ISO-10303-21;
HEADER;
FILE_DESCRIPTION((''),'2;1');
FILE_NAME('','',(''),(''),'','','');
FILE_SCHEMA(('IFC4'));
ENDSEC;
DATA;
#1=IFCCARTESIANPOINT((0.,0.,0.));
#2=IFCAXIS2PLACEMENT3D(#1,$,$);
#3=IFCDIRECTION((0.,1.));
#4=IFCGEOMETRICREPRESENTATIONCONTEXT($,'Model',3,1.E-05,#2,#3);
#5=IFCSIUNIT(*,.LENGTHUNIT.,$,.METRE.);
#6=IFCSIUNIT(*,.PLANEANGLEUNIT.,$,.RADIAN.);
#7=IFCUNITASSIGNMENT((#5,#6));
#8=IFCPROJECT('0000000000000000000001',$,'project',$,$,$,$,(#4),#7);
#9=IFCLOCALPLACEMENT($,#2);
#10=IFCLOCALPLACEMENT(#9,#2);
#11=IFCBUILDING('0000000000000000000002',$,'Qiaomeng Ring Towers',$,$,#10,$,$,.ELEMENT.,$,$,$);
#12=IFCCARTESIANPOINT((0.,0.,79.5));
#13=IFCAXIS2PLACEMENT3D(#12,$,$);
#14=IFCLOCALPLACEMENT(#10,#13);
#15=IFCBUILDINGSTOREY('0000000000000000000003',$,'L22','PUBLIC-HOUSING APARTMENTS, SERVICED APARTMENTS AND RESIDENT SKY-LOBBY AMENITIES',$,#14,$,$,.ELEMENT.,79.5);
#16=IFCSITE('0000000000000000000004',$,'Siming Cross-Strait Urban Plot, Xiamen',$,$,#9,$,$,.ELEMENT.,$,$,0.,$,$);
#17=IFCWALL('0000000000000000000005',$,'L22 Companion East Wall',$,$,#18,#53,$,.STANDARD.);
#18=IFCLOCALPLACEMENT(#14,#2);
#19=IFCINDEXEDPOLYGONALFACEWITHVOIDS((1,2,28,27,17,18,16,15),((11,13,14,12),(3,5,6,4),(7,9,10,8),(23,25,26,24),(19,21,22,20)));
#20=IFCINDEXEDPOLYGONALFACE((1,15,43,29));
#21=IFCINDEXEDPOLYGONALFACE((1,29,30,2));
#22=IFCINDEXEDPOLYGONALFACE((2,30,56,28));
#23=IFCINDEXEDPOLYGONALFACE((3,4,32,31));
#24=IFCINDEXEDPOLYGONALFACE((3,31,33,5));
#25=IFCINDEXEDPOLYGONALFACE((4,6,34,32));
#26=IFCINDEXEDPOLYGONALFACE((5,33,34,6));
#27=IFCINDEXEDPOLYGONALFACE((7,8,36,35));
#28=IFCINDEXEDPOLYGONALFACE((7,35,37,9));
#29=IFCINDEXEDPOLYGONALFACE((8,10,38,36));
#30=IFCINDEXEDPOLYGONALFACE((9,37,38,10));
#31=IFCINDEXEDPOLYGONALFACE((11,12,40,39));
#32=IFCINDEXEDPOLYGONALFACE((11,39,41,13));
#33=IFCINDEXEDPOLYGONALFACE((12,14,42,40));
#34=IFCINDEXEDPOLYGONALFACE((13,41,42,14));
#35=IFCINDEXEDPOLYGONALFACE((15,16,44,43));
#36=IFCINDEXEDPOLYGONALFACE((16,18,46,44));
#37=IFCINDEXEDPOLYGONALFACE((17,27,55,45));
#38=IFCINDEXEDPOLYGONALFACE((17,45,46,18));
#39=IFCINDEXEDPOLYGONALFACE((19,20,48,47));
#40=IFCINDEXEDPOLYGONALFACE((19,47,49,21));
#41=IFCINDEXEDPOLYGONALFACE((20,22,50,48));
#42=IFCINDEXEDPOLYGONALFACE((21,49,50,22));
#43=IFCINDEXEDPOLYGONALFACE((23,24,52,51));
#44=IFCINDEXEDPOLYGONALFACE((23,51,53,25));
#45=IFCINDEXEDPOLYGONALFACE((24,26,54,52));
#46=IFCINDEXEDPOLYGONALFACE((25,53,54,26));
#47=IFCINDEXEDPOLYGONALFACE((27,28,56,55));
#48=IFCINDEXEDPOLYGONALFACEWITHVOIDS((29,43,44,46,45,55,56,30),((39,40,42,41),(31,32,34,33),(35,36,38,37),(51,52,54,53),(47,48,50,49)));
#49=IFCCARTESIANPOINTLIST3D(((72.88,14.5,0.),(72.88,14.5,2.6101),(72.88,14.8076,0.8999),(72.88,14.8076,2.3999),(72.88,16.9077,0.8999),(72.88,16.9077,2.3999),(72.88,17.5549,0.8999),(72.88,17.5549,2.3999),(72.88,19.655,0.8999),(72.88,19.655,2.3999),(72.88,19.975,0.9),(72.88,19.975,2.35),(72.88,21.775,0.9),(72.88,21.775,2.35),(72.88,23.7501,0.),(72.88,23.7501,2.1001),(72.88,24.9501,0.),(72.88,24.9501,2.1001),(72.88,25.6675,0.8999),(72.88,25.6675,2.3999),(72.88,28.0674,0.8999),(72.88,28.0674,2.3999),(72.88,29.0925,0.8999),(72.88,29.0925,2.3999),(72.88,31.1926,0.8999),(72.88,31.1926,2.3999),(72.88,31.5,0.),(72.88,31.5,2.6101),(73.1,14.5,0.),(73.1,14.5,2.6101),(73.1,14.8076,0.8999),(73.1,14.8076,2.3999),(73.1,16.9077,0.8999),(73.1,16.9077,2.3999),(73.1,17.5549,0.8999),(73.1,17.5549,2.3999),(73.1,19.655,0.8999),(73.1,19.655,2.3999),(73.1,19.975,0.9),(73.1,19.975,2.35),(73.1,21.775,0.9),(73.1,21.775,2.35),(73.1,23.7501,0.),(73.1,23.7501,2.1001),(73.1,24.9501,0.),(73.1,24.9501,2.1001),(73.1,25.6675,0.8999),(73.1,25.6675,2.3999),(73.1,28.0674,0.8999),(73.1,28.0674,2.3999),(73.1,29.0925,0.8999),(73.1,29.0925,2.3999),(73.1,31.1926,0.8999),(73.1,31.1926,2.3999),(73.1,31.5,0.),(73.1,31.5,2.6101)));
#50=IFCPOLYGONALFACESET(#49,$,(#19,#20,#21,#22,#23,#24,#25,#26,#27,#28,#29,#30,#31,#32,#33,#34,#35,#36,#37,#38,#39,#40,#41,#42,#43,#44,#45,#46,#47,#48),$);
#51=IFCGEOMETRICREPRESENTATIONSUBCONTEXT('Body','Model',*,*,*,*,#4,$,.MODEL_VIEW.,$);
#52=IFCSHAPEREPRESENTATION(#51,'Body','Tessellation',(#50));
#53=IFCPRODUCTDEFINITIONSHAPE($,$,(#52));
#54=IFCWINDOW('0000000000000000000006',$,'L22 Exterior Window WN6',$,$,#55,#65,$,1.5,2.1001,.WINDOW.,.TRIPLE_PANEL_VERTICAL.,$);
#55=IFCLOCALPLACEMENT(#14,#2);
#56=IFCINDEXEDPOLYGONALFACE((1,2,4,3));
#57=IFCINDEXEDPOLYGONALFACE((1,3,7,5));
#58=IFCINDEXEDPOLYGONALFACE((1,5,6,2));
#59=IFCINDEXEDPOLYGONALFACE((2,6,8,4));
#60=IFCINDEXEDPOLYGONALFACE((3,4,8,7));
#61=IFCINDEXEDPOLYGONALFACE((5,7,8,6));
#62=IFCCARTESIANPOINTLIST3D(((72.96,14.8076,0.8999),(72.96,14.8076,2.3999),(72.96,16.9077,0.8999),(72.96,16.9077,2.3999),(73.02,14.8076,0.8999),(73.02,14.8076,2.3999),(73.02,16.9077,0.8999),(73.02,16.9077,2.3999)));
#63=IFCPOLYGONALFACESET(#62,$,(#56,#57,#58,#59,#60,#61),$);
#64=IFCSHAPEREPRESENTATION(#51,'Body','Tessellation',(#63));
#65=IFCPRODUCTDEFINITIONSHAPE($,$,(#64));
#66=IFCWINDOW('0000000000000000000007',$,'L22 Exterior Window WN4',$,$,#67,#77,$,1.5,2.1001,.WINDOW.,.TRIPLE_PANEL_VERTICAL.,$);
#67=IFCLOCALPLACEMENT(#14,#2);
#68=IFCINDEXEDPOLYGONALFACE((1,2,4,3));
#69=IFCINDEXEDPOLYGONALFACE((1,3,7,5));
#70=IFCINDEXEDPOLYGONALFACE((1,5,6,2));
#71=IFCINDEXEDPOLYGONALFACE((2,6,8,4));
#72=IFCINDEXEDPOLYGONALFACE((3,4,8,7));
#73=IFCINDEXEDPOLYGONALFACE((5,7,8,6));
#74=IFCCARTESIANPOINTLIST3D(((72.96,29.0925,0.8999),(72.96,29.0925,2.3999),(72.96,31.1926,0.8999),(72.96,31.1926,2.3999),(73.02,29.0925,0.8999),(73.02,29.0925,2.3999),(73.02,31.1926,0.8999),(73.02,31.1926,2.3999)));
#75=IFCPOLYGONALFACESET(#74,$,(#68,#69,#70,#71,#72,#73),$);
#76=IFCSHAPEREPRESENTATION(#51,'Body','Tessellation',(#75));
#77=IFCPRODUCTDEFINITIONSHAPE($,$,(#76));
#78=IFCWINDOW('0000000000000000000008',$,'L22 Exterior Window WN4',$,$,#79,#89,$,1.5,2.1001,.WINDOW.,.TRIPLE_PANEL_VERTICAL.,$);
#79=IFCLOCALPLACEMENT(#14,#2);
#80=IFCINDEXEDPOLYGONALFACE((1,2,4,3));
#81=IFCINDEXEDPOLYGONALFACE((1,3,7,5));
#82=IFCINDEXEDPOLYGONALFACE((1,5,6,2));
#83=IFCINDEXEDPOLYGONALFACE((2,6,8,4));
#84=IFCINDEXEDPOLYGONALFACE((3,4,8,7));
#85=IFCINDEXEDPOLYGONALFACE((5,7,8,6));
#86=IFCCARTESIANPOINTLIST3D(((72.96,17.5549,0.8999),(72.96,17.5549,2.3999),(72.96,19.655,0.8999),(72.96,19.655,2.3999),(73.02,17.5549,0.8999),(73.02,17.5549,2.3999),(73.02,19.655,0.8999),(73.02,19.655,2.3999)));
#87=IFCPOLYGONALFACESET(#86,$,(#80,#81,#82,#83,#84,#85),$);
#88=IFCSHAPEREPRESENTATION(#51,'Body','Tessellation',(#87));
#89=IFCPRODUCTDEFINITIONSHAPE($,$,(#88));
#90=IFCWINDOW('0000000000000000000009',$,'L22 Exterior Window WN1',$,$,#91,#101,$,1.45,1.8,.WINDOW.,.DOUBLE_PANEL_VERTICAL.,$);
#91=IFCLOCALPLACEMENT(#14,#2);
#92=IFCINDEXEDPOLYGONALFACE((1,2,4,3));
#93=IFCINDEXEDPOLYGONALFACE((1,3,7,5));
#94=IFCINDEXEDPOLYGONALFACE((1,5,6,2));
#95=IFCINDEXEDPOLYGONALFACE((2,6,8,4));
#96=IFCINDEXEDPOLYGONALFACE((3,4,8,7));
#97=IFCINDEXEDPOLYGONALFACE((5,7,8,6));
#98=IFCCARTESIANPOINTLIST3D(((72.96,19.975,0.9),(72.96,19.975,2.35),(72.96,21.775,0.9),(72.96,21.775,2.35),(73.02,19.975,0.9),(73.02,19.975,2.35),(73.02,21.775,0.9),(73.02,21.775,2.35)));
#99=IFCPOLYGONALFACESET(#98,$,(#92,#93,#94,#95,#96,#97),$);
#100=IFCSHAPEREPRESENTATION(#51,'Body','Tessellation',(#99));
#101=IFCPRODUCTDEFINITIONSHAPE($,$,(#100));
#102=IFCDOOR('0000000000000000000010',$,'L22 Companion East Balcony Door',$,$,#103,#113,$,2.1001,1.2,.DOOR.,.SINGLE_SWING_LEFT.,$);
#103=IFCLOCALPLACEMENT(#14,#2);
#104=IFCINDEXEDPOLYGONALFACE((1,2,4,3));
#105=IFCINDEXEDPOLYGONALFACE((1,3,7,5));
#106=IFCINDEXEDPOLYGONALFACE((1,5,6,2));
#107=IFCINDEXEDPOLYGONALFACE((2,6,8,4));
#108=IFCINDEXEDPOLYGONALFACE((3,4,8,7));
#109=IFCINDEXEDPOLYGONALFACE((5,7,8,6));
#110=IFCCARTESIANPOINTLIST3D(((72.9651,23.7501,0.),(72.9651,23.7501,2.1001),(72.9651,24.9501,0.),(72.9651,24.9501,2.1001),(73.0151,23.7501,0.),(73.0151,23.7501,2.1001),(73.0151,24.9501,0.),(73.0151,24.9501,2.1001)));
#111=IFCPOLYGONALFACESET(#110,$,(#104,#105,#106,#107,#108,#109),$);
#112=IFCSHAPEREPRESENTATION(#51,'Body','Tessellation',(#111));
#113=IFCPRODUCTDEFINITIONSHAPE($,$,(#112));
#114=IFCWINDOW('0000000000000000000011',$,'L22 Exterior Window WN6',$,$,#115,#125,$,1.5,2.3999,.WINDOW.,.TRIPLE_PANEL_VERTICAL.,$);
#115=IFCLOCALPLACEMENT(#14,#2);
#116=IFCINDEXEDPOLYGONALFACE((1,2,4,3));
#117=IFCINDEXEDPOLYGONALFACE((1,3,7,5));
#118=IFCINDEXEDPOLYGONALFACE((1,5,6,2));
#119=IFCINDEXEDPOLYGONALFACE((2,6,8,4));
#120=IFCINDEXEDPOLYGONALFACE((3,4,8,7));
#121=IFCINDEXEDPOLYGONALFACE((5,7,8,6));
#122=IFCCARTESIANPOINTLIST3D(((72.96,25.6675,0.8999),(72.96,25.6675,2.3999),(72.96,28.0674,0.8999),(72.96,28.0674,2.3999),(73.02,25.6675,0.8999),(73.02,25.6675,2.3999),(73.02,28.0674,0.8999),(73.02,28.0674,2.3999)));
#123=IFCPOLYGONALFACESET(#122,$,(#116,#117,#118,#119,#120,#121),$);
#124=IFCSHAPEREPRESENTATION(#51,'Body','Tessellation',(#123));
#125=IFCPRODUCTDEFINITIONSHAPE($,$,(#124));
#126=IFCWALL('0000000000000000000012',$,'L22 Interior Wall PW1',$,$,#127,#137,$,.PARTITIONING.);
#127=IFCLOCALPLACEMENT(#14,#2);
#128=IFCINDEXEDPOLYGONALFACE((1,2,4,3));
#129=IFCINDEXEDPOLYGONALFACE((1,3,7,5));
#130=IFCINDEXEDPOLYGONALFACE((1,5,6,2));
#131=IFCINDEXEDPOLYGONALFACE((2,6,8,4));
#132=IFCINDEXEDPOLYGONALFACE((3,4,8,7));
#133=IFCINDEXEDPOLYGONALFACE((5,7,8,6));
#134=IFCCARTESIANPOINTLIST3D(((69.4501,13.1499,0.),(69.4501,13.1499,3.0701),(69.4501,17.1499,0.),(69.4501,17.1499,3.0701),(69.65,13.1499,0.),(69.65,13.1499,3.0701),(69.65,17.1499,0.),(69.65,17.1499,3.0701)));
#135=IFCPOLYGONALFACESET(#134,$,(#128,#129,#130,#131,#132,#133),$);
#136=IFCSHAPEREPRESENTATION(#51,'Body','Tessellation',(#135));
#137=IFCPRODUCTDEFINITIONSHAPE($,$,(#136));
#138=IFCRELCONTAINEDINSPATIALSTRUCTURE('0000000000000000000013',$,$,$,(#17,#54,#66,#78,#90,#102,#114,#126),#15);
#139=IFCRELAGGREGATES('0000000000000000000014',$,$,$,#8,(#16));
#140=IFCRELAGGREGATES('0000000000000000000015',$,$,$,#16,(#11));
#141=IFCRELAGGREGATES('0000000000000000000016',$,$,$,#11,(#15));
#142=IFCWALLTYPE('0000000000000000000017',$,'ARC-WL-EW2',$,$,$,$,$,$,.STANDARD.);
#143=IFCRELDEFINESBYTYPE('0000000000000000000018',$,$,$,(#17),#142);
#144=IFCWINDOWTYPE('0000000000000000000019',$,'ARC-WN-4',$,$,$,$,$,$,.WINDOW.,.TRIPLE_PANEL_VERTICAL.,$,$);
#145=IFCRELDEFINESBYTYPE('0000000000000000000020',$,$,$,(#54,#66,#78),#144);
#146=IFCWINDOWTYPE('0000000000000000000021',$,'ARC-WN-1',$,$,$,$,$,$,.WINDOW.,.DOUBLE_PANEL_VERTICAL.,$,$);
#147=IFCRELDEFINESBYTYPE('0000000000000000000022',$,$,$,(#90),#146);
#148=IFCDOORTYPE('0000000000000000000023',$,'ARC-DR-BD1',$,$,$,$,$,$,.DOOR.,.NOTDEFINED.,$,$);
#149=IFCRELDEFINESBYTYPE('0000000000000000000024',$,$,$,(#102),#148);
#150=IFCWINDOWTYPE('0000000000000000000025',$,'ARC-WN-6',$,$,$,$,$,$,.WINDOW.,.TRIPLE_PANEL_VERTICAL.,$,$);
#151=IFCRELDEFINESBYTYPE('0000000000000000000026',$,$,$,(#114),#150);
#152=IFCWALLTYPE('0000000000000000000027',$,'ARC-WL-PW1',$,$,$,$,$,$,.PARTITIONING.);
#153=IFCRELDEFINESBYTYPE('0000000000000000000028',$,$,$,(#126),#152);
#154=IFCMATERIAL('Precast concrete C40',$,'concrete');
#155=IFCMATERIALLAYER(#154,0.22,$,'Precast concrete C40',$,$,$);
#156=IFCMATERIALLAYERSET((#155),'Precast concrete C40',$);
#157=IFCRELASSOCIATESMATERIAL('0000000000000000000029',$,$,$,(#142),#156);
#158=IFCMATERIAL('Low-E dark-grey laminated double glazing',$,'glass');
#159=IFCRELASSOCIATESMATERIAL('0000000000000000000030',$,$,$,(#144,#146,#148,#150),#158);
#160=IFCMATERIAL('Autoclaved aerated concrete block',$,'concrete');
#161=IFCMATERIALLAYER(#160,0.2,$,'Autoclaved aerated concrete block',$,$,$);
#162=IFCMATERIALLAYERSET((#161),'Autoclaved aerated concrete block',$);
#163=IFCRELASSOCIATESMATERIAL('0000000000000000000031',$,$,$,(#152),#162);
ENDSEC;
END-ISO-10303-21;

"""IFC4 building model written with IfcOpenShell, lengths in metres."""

from ifc_helpers import new_model, si_unit, direction, frame, frame_2d, origin, place, context, subcontext, project, spatial, rectangle, extrude, source, transform, mapped, material, layer, layer_set, type_object, element, fill, save


model = new_model("IFC4")

# Units and contexts
model_context = context("Model", 3, precision=1e-05, world=origin(), true_north=direction((0.0, 1.0)))
body_context = subcontext(model_context, "Body", "Model", "MODEL_VIEW")
ifc_project = project(units=[si_unit("LENGTHUNIT", "METRE"), si_unit("PLANEANGLEUNIT", "RADIAN")], contexts=[model_context])

# Site, building, storey
site_placement = place(None, origin())
site = spatial("IfcSite", under=ifc_project, at=site_placement, Name="Siming Cross-Strait Urban Plot, Xiamen", CompositionType="ELEMENT", RefElevation=0.0)
building_placement = place(site_placement, origin())
building = spatial("IfcBuilding", under=site, at=building_placement, Name="Qiaomeng Ring Towers", CompositionType="ELEMENT")
storey_placement = place(building_placement, frame((0.0, 0.0, 79.5)))
storey = spatial("IfcBuildingStorey", under=building, at=storey_placement, Name="L22", Description="PUBLIC-HOUSING APARTMENTS, SERVICED APARTMENTS AND RESIDENT SKY-LOBBY AMENITIES", CompositionType="ELEMENT", Elevation=79.5)

# Shared definitions
ifc_material_1 = material(Name="Low-E dark-grey laminated double glazing", Category="glass")

# Wall, openings, windows, door
ifc_material_2 = material(Name="Precast concrete C40", Category="concrete")
ifc_layer_1 = layer(ifc_material_2, 0.22, Name="Precast concrete C40")
ifc_layer_set_1 = layer_set([ifc_layer_1], Name="Precast concrete C40")
wall_type_1 = type_object("IfcWallType", Name="ARC-WL-EW2", PredefinedType="STANDARD", material=ifc_layer_set_1)
wall_1_placement = place(storey_placement, frame((72.99, 14.5, 0.0), z_axis=(0.0, 0.0, 1.0), x_axis=(0.0, 1.0, 0.0)))
wall_1 = element("IfcWall", 1, at=wall_1_placement, inside=storey, type_object=wall_type_1, Name="L22 Companion East Wall", PredefinedType="STANDARD", context=body_context, shape_type="SweptSolid", body=[
    extrude(rectangle(XDim=17.0, YDim=0.22, at=frame_2d((8.5, 0.0))), origin(), (0.0, 0.0, 1.0), 2.6101),
])
opening_1_placement = place(wall_1_placement, frame((9.25, 0.0, 0.0)))
opening_1 = element("IfcOpeningElement", 2, at=opening_1_placement, cuts=wall_1, PredefinedType="OPENING", context=body_context, shape_type="SweptSolid", body=[
    extrude(rectangle(XDim=1.2, YDim=2.1001, at=frame_2d((0.6001, 1.05))), frame((0.0, 0.1199, 0.0), z_axis=(0.0, -1.0, 0.0), x_axis=(1.0, 0.0, 0.0)), (0.0, 0.0, 1.0), 0.24),
])
opening_2_placement = place(wall_1_placement, frame((0.3076, 0.0, 0.8999)))
opening_2 = element("IfcOpeningElement", 3, at=opening_2_placement, cuts=wall_1, PredefinedType="OPENING", context=body_context, shape_type="SweptSolid", body=[
    extrude(rectangle(XDim=2.1001, YDim=1.5, at=frame_2d((1.05, 0.75))), frame((0.0, 0.1199, 0.0), z_axis=(0.0, -1.0, 0.0), x_axis=(1.0, 0.0, 0.0)), (0.0, 0.0, 1.0), 0.24),
])
opening_3_placement = place(wall_1_placement, frame((5.4751, 0.0, 0.8999)))
opening_3 = element("IfcOpeningElement", 4, at=opening_3_placement, cuts=wall_1, PredefinedType="OPENING", context=body_context, shape_type="SweptSolid", body=[
    extrude(rectangle(XDim=1.8, YDim=1.45, at=frame_2d((0.8999, 0.7251))), frame((0.0, 0.1199, 0.0), z_axis=(0.0, -1.0, 0.0), x_axis=(1.0, 0.0, 0.0)), (0.0, 0.0, 1.0), 0.24),
])
opening_4_placement = place(wall_1_placement, frame((14.5925, 0.0, 0.8999)))
opening_4 = element("IfcOpeningElement", 5, at=opening_4_placement, cuts=wall_1, PredefinedType="OPENING", context=body_context, shape_type="SweptSolid", body=[
    extrude(rectangle(XDim=2.1001, YDim=1.5, at=frame_2d((1.05, 0.75))), frame((0.0, 0.1199, 0.0), z_axis=(0.0, -1.0, 0.0), x_axis=(1.0, 0.0, 0.0)), (0.0, 0.0, 1.0), 0.24),
])
opening_5_placement = place(wall_1_placement, frame((3.0549, 0.0, 0.8999)))
opening_5 = element("IfcOpeningElement", 6, at=opening_5_placement, cuts=wall_1, PredefinedType="OPENING", context=body_context, shape_type="SweptSolid", body=[
    extrude(rectangle(XDim=2.1001, YDim=1.5, at=frame_2d((1.05, 0.75))), frame((0.0, 0.1199, 0.0), z_axis=(0.0, -1.0, 0.0), x_axis=(1.0, 0.0, 0.0)), (0.0, 0.0, 1.0), 0.24),
])
opening_6_placement = place(wall_1_placement, frame((11.1675, 0.0, 0.8999)))
opening_6 = element("IfcOpeningElement", 7, at=opening_6_placement, cuts=wall_1, PredefinedType="OPENING", context=body_context, shape_type="SweptSolid", body=[
    extrude(rectangle(XDim=2.3999, YDim=1.5, at=frame_2d((1.2, 0.75))), frame((0.0, 0.1199, 0.0), z_axis=(0.0, -1.0, 0.0), x_axis=(1.0, 0.0, 0.0)), (0.0, 0.0, 1.0), 0.24),
])
window_type_1 = type_object("IfcWindowType", Name="ARC-WN-4", PartitioningType="TRIPLE_PANEL_VERTICAL", PredefinedType="WINDOW", material=ifc_material_1)
shared_shape_1 = source(origin(), body_context, "Body", "SweptSolid", [
    extrude(rectangle(XDim=2.1001, YDim=1.5, at=frame_2d((1.05, 0.75))), frame((0.0, 0.03, 0.0), z_axis=(0.0, -1.0, 0.0), x_axis=(1.0, 0.0, 0.0)), (0.0, 0.0, 1.0), 0.0601),
])
window_1_placement = place(opening_2_placement, origin())
window_1 = element("IfcWindow", 8, at=window_1_placement, inside=storey, type_object=window_type_1, Name="L22 Exterior Window WN6", OverallHeight=1.5, OverallWidth=2.1001, PartitioningType="TRIPLE_PANEL_VERTICAL", PredefinedType="WINDOW", context=body_context, shape_type="MappedRepresentation", body=[
    mapped(shared_shape_1, transform((0.0, 0.0, 0.0), x_axis=(1.0, 0.0, 0.0), y_axis=(0.0, 1.0, 0.0), z_axis=(0.0, 0.0, 1.0), scale=1.0)),
])
fill(opening_2, window_1)
window_2_placement = place(opening_4_placement, origin())
window_2 = element("IfcWindow", 9, at=window_2_placement, inside=storey, type_object=window_type_1, Name="L22 Exterior Window WN4", OverallHeight=1.5, OverallWidth=2.1001, PartitioningType="TRIPLE_PANEL_VERTICAL", PredefinedType="WINDOW", context=body_context, shape_type="MappedRepresentation", body=[
    mapped(shared_shape_1, transform((0.0, 0.0, 0.0), x_axis=(1.0, 0.0, 0.0), y_axis=(0.0, 1.0, 0.0), z_axis=(0.0, 0.0, 1.0), scale=1.0)),
])
fill(opening_4, window_2)
window_3_placement = place(opening_5_placement, origin())
window_3 = element("IfcWindow", 10, at=window_3_placement, inside=storey, type_object=window_type_1, Name="L22 Exterior Window WN4", OverallHeight=1.5, OverallWidth=2.1001, PartitioningType="TRIPLE_PANEL_VERTICAL", PredefinedType="WINDOW", context=body_context, shape_type="MappedRepresentation", body=[
    mapped(shared_shape_1, transform((0.0, 0.0, 0.0), x_axis=(1.0, 0.0, 0.0), y_axis=(0.0, 1.0, 0.0), z_axis=(0.0, 0.0, 1.0), scale=1.0)),
])
fill(opening_5, window_3)
window_type_2 = type_object("IfcWindowType", Name="ARC-WN-1", PartitioningType="DOUBLE_PANEL_VERTICAL", PredefinedType="WINDOW", material=ifc_material_1)
shared_shape_2 = source(origin(), body_context, "Body", "SweptSolid", [
    extrude(rectangle(XDim=1.8, YDim=1.45, at=frame_2d((0.8999, 0.7251))), frame((0.0, 0.03, 0.0), z_axis=(0.0, -1.0, 0.0), x_axis=(1.0, 0.0, 0.0)), (0.0, 0.0, 1.0), 0.0601),
])
window_4_placement = place(opening_3_placement, origin())
window_4 = element("IfcWindow", 11, at=window_4_placement, inside=storey, type_object=window_type_2, Name="L22 Exterior Window WN1", OverallHeight=1.45, OverallWidth=1.8, PartitioningType="DOUBLE_PANEL_VERTICAL", PredefinedType="WINDOW", context=body_context, shape_type="MappedRepresentation", body=[
    mapped(shared_shape_2, transform((0.0, 0.0, 0.0), x_axis=(1.0, 0.0, 0.0), y_axis=(0.0, 1.0, 0.0), z_axis=(0.0, 0.0, 1.0), scale=1.0)),
])
fill(opening_3, window_4)
door_type_1 = type_object("IfcDoorType", Name="ARC-DR-BD1", OperationType="NOTDEFINED", PredefinedType="DOOR", material=ifc_material_1)
shared_shape_3 = source(origin(), body_context, "Body", "SweptSolid", [
    extrude(rectangle(XDim=1.2, YDim=2.1001, at=frame_2d((0.6001, 1.05))), frame((0.0, 0.0249, 0.0), z_axis=(0.0, -1.0, 0.0), x_axis=(1.0, 0.0, 0.0)), (0.0, 0.0, 1.0), 0.05),
])
door_1_placement = place(opening_1_placement, origin())
door_1 = element("IfcDoor", 12, at=door_1_placement, inside=storey, type_object=door_type_1, Name="L22 Companion East Balcony Door", OperationType="SINGLE_SWING_LEFT", OverallHeight=2.1001, OverallWidth=1.2, PredefinedType="DOOR", context=body_context, shape_type="MappedRepresentation", body=[
    mapped(shared_shape_3, transform((0.0, 0.0, 0.0), x_axis=(1.0, 0.0, 0.0), y_axis=(0.0, 1.0, 0.0), z_axis=(0.0, 0.0, 1.0), scale=1.0)),
])
fill(opening_1, door_1)
window_type_3 = type_object("IfcWindowType", Name="ARC-WN-6", PartitioningType="TRIPLE_PANEL_VERTICAL", PredefinedType="WINDOW", material=ifc_material_1)
shared_shape_4 = source(origin(), body_context, "Body", "SweptSolid", [
    extrude(rectangle(XDim=2.3999, YDim=1.5, at=frame_2d((1.2, 0.75))), frame((0.0, 0.03, 0.0), z_axis=(0.0, -1.0, 0.0), x_axis=(1.0, 0.0, 0.0)), (0.0, 0.0, 1.0), 0.0601),
])
window_5_placement = place(opening_6_placement, origin())
window_5 = element("IfcWindow", 13, at=window_5_placement, inside=storey, type_object=window_type_3, Name="L22 Exterior Window WN6", OverallHeight=1.5, OverallWidth=2.3999, PartitioningType="TRIPLE_PANEL_VERTICAL", PredefinedType="WINDOW", context=body_context, shape_type="MappedRepresentation", body=[
    mapped(shared_shape_4, transform((0.0, 0.0, 0.0), x_axis=(1.0, 0.0, 0.0), y_axis=(0.0, 1.0, 0.0), z_axis=(0.0, 0.0, 1.0), scale=1.0)),
])
fill(opening_6, window_5)

# Wall
ifc_material_3 = material(Name="Autoclaved aerated concrete block", Category="concrete")
ifc_layer_2 = layer(ifc_material_3, 0.2, Name="Autoclaved aerated concrete block")
ifc_layer_set_2 = layer_set([ifc_layer_2], Name="Autoclaved aerated concrete block")
wall_type_2 = type_object("IfcWallType", Name="ARC-WL-PW1", PredefinedType="PARTITIONING", material=ifc_layer_set_2)
wall_2_placement = place(storey_placement, frame((69.55, 13.1499, 0.0), z_axis=(0.0, 0.0, 1.0), x_axis=(0.0, 1.0, 0.0)))
element("IfcWall", 14, at=wall_2_placement, inside=storey, type_object=wall_type_2, Name="L22 Interior Wall PW1", PredefinedType="PARTITIONING", context=body_context, shape_type="SweptSolid", body=[
    extrude(rectangle(XDim=4.0, YDim=0.2, at=frame_2d((2.0, 0.0))), origin(), (0.0, 0.0, 1.0), 3.0701),
])

save(model, "model.ifc")
